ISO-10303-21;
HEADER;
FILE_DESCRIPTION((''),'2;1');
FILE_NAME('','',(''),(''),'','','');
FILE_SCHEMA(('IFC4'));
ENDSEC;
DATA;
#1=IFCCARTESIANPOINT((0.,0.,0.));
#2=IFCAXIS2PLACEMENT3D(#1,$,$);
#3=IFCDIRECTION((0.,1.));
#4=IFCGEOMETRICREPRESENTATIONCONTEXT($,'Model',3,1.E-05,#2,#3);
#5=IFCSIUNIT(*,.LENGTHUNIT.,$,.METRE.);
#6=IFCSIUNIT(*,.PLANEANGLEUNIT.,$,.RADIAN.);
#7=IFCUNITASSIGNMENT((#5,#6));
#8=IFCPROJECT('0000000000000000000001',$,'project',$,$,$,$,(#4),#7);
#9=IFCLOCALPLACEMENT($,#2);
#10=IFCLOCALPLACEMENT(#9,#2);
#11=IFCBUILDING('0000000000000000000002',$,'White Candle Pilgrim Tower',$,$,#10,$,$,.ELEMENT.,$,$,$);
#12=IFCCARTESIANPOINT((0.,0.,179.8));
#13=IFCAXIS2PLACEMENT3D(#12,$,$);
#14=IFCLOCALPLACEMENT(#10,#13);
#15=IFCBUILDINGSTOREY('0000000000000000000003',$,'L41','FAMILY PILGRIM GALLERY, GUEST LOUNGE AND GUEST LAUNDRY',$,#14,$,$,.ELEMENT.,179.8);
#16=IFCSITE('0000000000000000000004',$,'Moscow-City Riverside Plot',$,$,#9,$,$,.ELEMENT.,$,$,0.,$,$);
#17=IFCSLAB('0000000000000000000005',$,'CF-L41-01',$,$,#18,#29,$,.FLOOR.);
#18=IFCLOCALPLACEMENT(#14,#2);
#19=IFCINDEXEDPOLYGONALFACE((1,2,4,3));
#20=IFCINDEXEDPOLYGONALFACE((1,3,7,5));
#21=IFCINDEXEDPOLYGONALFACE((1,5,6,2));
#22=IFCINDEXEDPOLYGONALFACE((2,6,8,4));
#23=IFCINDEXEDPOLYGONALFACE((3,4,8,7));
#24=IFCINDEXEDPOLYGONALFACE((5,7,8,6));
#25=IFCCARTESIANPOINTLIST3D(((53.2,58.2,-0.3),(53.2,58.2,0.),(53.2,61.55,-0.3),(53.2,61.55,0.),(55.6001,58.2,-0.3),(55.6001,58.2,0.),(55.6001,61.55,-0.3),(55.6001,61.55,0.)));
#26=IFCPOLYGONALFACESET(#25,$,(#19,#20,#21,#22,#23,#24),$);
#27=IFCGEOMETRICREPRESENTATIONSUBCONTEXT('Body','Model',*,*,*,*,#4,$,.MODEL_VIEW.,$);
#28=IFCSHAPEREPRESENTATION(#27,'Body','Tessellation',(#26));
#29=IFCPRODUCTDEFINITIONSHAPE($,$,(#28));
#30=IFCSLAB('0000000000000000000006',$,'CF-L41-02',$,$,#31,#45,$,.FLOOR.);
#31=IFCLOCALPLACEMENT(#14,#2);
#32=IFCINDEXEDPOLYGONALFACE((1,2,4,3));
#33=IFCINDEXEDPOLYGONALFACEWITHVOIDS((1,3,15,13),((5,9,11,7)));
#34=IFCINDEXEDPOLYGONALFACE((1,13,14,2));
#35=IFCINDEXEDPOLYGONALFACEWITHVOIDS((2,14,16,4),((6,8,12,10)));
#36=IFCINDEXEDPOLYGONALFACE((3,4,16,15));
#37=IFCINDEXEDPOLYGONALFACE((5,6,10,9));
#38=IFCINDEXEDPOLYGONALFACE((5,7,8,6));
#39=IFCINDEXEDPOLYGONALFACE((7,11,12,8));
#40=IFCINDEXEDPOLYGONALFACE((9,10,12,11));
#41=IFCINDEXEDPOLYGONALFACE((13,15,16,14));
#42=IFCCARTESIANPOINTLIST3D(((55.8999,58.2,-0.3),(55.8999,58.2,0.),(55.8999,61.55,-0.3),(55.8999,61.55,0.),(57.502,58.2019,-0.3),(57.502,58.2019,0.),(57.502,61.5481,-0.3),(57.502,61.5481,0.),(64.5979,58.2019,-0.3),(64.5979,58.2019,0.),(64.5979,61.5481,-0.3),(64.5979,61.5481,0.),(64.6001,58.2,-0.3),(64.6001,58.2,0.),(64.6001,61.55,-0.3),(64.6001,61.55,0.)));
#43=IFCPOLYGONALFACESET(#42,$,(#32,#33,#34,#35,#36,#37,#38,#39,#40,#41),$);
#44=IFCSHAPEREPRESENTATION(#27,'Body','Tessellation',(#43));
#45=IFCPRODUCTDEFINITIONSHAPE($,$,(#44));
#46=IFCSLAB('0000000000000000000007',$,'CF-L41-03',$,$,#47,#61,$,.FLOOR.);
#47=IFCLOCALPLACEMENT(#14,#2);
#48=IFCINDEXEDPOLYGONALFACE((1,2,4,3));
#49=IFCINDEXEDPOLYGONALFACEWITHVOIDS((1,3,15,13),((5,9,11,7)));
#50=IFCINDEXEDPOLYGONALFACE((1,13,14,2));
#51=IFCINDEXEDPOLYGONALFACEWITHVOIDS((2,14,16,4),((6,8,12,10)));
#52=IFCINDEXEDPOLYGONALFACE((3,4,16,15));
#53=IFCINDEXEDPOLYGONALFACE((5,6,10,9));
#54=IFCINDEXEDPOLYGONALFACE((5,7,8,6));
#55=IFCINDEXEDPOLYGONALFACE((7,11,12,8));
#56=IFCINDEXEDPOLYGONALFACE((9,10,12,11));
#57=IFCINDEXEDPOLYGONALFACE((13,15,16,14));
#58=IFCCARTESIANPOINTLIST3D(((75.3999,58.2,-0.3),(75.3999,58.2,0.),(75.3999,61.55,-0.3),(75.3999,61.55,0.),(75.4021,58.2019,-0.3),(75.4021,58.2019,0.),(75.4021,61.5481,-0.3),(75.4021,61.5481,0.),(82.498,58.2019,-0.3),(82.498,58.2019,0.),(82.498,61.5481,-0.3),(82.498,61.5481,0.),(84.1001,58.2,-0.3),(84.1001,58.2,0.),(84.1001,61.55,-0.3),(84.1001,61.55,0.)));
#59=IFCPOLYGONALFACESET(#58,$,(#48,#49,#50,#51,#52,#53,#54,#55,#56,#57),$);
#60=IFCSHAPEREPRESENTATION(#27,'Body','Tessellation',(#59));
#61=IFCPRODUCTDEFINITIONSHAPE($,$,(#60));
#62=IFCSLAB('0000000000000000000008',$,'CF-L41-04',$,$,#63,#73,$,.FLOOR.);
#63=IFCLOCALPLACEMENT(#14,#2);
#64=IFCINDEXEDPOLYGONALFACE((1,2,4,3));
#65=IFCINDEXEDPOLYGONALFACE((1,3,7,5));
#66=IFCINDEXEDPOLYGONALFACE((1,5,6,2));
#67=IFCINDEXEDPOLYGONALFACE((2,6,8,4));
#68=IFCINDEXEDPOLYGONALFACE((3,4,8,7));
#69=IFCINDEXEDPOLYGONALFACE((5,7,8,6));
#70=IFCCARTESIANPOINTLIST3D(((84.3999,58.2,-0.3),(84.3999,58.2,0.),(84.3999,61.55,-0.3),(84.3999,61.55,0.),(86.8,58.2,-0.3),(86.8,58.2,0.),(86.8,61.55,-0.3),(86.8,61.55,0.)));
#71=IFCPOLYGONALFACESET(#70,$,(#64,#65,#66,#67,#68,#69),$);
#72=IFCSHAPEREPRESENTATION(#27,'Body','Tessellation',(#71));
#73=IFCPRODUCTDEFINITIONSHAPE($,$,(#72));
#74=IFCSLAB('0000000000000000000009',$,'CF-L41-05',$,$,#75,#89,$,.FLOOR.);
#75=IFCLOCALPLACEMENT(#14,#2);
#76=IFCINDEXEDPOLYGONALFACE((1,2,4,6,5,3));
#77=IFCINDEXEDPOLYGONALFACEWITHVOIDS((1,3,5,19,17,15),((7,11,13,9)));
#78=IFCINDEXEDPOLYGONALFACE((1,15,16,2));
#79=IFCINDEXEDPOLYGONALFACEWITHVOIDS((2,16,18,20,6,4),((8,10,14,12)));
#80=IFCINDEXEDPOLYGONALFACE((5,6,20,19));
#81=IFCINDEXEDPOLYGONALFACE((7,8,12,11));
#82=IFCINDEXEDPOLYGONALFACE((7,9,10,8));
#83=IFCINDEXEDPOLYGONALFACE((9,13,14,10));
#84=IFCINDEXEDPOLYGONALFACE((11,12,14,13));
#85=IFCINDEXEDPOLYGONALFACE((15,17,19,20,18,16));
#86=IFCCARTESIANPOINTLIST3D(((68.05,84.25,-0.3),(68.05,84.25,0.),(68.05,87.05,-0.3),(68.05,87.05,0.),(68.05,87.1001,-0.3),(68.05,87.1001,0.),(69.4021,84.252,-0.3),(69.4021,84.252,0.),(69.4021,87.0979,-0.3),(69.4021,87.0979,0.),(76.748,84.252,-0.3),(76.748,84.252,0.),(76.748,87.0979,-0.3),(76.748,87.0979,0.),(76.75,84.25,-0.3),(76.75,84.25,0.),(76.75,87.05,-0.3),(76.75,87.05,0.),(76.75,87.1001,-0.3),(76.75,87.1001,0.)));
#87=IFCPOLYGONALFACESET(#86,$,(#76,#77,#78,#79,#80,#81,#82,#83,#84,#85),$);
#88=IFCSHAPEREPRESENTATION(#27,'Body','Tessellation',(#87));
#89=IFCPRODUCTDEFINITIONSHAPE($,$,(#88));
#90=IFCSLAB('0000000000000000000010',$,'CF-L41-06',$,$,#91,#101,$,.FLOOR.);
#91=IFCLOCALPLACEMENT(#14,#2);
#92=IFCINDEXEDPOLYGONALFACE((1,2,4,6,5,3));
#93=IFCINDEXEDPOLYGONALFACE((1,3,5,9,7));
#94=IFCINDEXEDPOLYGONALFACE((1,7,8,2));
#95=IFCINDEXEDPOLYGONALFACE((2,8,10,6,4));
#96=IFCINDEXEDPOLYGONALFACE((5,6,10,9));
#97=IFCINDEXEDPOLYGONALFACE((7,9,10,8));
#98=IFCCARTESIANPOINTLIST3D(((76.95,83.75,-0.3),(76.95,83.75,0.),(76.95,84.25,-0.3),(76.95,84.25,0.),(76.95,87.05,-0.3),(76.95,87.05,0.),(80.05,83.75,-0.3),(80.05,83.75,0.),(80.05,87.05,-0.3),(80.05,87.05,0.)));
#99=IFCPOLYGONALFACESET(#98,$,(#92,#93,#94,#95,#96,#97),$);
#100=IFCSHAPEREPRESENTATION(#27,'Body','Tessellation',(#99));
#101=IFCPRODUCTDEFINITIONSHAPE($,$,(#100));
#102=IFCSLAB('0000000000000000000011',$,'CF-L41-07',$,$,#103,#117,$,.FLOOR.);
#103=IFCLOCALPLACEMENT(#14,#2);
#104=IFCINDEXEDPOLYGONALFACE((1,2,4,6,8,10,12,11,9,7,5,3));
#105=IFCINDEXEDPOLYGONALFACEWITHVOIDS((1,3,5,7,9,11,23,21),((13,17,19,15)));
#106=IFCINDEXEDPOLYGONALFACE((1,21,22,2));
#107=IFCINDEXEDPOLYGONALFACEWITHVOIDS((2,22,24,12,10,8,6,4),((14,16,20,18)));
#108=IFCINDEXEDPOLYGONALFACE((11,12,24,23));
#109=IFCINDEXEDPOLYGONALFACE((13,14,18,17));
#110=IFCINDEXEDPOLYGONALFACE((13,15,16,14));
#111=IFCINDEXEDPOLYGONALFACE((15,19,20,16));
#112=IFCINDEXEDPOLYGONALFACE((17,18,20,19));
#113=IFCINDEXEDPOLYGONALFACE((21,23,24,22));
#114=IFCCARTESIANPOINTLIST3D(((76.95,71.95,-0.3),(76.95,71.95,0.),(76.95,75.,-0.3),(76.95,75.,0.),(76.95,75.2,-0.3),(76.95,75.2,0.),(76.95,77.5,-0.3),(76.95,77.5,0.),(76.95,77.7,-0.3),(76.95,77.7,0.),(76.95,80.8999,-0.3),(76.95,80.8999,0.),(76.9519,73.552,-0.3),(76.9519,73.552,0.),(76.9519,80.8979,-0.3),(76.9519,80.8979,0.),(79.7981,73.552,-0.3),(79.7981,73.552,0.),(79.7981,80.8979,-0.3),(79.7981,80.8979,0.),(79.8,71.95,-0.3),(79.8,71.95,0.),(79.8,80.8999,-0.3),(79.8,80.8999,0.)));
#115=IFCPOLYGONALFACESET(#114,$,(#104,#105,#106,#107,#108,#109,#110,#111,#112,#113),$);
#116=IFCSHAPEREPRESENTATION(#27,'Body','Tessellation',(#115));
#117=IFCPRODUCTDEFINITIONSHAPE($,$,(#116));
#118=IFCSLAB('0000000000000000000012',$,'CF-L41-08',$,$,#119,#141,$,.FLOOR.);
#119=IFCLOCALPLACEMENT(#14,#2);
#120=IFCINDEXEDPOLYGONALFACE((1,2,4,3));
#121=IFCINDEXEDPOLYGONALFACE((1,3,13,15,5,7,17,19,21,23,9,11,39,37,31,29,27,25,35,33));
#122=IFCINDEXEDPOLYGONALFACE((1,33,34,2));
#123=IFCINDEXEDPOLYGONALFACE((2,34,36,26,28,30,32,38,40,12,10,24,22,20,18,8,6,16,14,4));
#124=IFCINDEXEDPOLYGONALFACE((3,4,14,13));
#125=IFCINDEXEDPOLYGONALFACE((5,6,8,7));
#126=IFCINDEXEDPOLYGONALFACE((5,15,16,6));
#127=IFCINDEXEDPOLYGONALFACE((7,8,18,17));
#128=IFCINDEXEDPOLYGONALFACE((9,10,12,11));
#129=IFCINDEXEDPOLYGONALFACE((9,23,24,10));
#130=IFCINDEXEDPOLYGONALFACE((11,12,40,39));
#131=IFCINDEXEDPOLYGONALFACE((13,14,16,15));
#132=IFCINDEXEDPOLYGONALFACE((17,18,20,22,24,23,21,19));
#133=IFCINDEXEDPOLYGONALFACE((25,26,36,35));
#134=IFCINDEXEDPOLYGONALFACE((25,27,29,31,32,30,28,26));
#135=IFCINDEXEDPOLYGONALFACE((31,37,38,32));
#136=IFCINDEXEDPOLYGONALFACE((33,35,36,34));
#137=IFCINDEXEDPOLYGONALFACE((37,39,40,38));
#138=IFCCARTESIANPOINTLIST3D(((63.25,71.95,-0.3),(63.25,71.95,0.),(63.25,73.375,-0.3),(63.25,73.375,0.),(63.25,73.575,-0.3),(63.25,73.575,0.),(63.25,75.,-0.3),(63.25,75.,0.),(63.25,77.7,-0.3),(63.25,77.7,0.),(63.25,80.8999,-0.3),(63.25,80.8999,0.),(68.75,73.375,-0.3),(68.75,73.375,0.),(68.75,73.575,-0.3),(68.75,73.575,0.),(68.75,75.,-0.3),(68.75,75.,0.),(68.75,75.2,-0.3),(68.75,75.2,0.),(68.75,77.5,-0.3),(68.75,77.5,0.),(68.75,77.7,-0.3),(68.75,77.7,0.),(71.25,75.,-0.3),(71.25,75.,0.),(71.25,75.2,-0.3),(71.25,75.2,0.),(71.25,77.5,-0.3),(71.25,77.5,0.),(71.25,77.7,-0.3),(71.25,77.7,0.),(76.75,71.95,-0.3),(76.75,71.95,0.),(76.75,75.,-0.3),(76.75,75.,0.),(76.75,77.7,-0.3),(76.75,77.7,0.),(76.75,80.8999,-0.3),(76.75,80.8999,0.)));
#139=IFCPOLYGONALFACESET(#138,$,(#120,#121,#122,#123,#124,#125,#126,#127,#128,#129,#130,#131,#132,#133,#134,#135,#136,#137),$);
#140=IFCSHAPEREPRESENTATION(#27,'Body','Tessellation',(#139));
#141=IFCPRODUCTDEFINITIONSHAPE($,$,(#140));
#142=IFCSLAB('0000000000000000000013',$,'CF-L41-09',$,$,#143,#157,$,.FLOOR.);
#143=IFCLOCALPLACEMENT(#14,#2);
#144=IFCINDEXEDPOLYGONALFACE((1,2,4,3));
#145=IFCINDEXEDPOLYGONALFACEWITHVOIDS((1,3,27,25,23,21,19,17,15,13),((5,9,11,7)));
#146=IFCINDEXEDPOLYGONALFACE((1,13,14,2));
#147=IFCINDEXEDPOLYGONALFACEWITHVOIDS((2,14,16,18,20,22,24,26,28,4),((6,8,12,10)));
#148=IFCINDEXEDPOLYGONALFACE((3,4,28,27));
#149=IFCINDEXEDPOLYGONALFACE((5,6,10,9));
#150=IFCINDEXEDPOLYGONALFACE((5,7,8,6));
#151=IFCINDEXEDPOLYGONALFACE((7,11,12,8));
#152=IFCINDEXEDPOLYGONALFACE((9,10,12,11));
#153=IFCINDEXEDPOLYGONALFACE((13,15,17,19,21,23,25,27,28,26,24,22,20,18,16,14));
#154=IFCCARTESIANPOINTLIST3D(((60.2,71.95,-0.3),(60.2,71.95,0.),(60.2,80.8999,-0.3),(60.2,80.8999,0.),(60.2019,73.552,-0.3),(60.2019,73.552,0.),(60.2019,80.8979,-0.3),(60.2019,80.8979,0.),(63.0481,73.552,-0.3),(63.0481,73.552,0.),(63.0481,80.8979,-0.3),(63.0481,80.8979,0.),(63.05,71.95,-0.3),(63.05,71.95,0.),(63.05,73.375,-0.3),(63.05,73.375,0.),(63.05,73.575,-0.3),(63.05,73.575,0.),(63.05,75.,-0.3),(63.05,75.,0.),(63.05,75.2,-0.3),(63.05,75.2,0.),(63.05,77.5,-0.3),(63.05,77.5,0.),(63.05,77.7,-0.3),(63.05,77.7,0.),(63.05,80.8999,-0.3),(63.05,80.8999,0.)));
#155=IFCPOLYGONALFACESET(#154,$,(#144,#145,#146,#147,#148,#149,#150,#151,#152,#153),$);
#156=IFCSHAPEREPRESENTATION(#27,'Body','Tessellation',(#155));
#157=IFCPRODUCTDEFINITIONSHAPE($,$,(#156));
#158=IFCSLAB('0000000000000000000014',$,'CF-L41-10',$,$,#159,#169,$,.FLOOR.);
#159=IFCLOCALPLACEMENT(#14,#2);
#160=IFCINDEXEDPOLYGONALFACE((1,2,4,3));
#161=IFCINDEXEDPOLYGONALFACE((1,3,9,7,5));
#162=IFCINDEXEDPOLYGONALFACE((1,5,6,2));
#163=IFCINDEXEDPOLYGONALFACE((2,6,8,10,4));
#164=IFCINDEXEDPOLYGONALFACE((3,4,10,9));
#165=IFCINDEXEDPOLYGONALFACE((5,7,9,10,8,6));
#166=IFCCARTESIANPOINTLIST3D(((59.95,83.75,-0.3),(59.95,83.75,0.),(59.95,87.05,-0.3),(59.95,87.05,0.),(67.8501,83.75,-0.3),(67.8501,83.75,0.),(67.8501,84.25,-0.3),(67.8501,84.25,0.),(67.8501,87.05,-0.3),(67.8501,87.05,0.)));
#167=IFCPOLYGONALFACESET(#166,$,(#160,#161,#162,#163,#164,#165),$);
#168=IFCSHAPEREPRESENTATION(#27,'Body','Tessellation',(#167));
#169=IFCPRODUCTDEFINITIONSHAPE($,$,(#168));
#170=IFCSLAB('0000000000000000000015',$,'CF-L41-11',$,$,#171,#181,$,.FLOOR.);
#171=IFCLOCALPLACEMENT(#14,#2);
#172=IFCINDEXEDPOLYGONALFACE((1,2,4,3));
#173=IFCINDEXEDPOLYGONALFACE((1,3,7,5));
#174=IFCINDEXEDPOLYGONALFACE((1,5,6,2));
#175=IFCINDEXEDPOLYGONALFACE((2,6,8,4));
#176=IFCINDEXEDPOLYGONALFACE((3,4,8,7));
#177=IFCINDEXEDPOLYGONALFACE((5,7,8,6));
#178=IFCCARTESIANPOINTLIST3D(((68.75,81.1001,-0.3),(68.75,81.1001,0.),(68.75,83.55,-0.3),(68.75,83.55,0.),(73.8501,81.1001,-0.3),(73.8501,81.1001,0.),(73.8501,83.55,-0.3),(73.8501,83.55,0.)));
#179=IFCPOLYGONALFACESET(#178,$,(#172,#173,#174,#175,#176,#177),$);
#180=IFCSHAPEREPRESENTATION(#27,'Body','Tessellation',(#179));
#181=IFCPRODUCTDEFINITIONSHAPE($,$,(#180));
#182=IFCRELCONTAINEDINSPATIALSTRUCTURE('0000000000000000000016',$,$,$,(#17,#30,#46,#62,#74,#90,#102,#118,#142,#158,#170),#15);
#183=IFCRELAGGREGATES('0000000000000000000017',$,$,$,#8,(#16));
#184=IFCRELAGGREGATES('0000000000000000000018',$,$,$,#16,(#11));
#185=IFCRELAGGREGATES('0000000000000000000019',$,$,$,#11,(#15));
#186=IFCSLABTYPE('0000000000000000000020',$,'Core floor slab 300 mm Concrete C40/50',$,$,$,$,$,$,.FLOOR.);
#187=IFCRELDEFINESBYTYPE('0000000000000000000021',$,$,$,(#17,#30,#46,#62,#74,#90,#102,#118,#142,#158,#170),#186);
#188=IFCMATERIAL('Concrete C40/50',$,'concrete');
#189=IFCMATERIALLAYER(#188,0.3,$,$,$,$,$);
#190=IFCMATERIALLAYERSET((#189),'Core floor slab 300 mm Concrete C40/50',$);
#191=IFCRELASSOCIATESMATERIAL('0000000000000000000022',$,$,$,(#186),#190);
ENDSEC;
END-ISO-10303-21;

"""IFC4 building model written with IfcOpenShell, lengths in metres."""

from ifc_helpers import new_model, si_unit, direction, frame, origin, place, context, subcontext, project, spatial, polyline, outline, extrude, material, layer, layer_set, type_object, element, save


model = new_model("IFC4")

# Units and contexts
model_context = context("Model", 3, precision=1e-05, world=origin(), true_north=direction((0.0, 1.0)))
body_context = subcontext(model_context, "Body", "Model", "MODEL_VIEW")
ifc_project = project(units=[si_unit("LENGTHUNIT", "METRE"), si_unit("PLANEANGLEUNIT", "RADIAN")], contexts=[model_context])

# Site, building, storey
site_placement = place(None, origin())
site = spatial("IfcSite", under=ifc_project, at=site_placement, Name="Moscow-City Riverside Plot", CompositionType="ELEMENT", RefElevation=0.0)
building_placement = place(site_placement, origin())
building = spatial("IfcBuilding", under=site, at=building_placement, Name="White Candle Pilgrim Tower", CompositionType="ELEMENT")
storey_placement = place(building_placement, frame((0.0, 0.0, 179.8)))
storey = spatial("IfcBuildingStorey", under=building, at=storey_placement, Name="L41", Description="FAMILY PILGRIM GALLERY, GUEST LOUNGE AND GUEST LAUNDRY", CompositionType="ELEMENT", Elevation=179.8)

# Slabs
ifc_material = material(Name="Concrete C40/50", Category="concrete")
ifc_layer_1 = layer(ifc_material, 0.3)
ifc_layer_set_1 = layer_set([ifc_layer_1], Name="Core floor slab 300 mm Concrete C40/50")
slab_type_1 = type_object("IfcSlabType", Name="Core floor slab 300 mm Concrete C40/50", PredefinedType="FLOOR", material=ifc_layer_set_1)
slab_1_placement = place(storey_placement, frame((0.0, 0.0, -0.3)))
element("IfcSlab", 1, at=slab_1_placement, inside=storey, type_object=slab_type_1, Name="CF-L41-01", PredefinedType="FLOOR", context=body_context, shape_type="SweptSolid", body=[
    extrude(outline(polyline([(55.6001, 58.2), (53.2, 58.2), (53.2, 61.55), (55.6001, 61.55), (55.6001, 58.2)])), origin(), (0.0, 0.0, 1.0), 0.3),
])
slab_2_placement = place(storey_placement, frame((0.0, 0.0, -0.3)))
element("IfcSlab", 2, at=slab_2_placement, inside=storey, type_object=slab_type_1, Name="CF-L41-02", PredefinedType="FLOOR", context=body_context, shape_type="SweptSolid", body=[
    extrude(outline(polyline([(55.8999, 58.2), (55.8999, 61.55), (64.6001, 61.55), (64.6001, 58.2), (55.8999, 58.2)]), holes=[polyline([(57.502, 61.5481), (57.502, 58.2019), (64.5979, 58.2019), (64.5979, 61.5481), (57.502, 61.5481)])]), origin(), (0.0, 0.0, 1.0), 0.3),
])
slab_3_placement = place(storey_placement, frame((0.0, 0.0, -0.3)))
element("IfcSlab", 3, at=slab_3_placement, inside=storey, type_object=slab_type_1, Name="CF-L41-03", PredefinedType="FLOOR", context=body_context, shape_type="SweptSolid", body=[
    extrude(outline(polyline([(75.3999, 58.2), (75.3999, 61.55), (84.1001, 61.55), (84.1001, 58.2), (75.3999, 58.2)]), holes=[polyline([(82.498, 58.2019), (82.498, 61.5481), (75.4021, 61.5481), (75.4021, 58.2019), (82.498, 58.2019)])]), origin(), (0.0, 0.0, 1.0), 0.3),
])
slab_4_placement = place(storey_placement, frame((0.0, 0.0, -0.3)))
element("IfcSlab", 4, at=slab_4_placement, inside=storey, type_object=slab_type_1, Name="CF-L41-04", PredefinedType="FLOOR", context=body_context, shape_type="SweptSolid", body=[
    extrude(outline(polyline([(86.8, 58.2), (84.3999, 58.2), (84.3999, 61.55), (86.8, 61.55), (86.8, 58.2)])), origin(), (0.0, 0.0, 1.0), 0.3),
])
slab_5_placement = place(storey_placement, frame((0.0, 0.0, -0.3)))
element("IfcSlab", 5, at=slab_5_placement, inside=storey, type_object=slab_type_1, Name="CF-L41-05", PredefinedType="FLOOR", context=body_context, shape_type="SweptSolid", body=[
    extrude(outline(polyline([(76.75, 87.1001), (76.75, 87.05), (76.75, 84.25), (68.05, 84.25), (68.05, 87.05), (68.05, 87.1001), (76.75, 87.1001)]), holes=[polyline([(69.4021, 87.0979), (69.4021, 84.252), (76.748, 84.252), (76.748, 87.0979), (69.4021, 87.0979)])]), origin(), (0.0, 0.0, 1.0), 0.3),
])
slab_6_placement = place(storey_placement, frame((0.0, 0.0, -0.3)))
element("IfcSlab", 6, at=slab_6_placement, inside=storey, type_object=slab_type_1, Name="CF-L41-06", PredefinedType="FLOOR", context=body_context, shape_type="SweptSolid", body=[
    extrude(outline(polyline([(80.05, 87.05), (80.05, 83.75), (76.95, 83.75), (76.95, 84.25), (76.95, 87.05), (80.05, 87.05)])), origin(), (0.0, 0.0, 1.0), 0.3),
])
slab_7_placement = place(storey_placement, frame((0.0, 0.0, -0.3)))
element("IfcSlab", 7, at=slab_7_placement, inside=storey, type_object=slab_type_1, Name="CF-L41-07", PredefinedType="FLOOR", context=body_context, shape_type="SweptSolid", body=[
    extrude(outline(polyline([(76.95, 71.95), (76.95, 75.0), (76.95, 75.2), (76.95, 77.5), (76.95, 77.7), (76.95, 80.8999), (79.8, 80.8999), (79.8, 71.95), (76.95, 71.95)]), holes=[polyline([(76.9519, 73.552), (79.7981, 73.552), (79.7981, 80.8979), (76.9519, 80.8979), (76.9519, 73.552)])]), origin(), (0.0, 0.0, 1.0), 0.3),
])
slab_8_placement = place(storey_placement, frame((0.0, 0.0, -0.3)))
element("IfcSlab", 8, at=slab_8_placement, inside=storey, type_object=slab_type_1, Name="CF-L41-08", PredefinedType="FLOOR", context=body_context, shape_type="SweptSolid", body=[
    extrude(outline(polyline([(63.25, 71.95), (63.25, 73.375), (68.75, 73.375), (68.75, 73.575), (63.25, 73.575), (63.25, 75.0), (68.75, 75.0), (68.75, 75.2), (68.75, 77.5), (68.75, 77.7), (63.25, 77.7), (63.25, 80.8999), (76.75, 80.8999), (76.75, 77.7), (71.25, 77.7), (71.25, 77.5), (71.25, 75.2), (71.25, 75.0), (76.75, 75.0), (76.75, 71.95), (63.25, 71.95)])), origin(), (0.0, 0.0, 1.0), 0.3),
])
slab_9_placement = place(storey_placement, frame((0.0, 0.0, -0.3)))
element("IfcSlab", 9, at=slab_9_placement, inside=storey, type_object=slab_type_1, Name="CF-L41-09", PredefinedType="FLOOR", context=body_context, shape_type="SweptSolid", body=[
    extrude(outline(polyline([(60.2, 71.95), (60.2, 80.8999), (63.05, 80.8999), (63.05, 77.7), (63.05, 77.5), (63.05, 75.2), (63.05, 75.0), (63.05, 73.575), (63.05, 73.375), (63.05, 71.95), (60.2, 71.95)]), holes=[polyline([(60.2019, 73.552), (63.0481, 73.552), (63.0481, 80.8979), (60.2019, 80.8979), (60.2019, 73.552)])]), origin(), (0.0, 0.0, 1.0), 0.3),
])
slab_10_placement = place(storey_placement, frame((0.0, 0.0, -0.3)))
element("IfcSlab", 10, at=slab_10_placement, inside=storey, type_object=slab_type_1, Name="CF-L41-10", PredefinedType="FLOOR", context=body_context, shape_type="SweptSolid", body=[
    extrude(outline(polyline([(59.95, 87.05), (67.8501, 87.05), (67.8501, 84.25), (67.8501, 83.75), (59.95, 83.75), (59.95, 87.05)])), origin(), (0.0, 0.0, 1.0), 0.3),
])
slab_11_placement = place(storey_placement, frame((0.0, 0.0, -0.3)))
element("IfcSlab", 11, at=slab_11_placement, inside=storey, type_object=slab_type_1, Name="CF-L41-11", PredefinedType="FLOOR", context=body_context, shape_type="SweptSolid", body=[
    extrude(outline(polyline([(73.8501, 83.55), (73.8501, 81.1001), (68.75, 81.1001), (68.75, 83.55), (73.8501, 83.55)])), origin(), (0.0, 0.0, 1.0), 0.3),
])

save(model, "model.ifc")
